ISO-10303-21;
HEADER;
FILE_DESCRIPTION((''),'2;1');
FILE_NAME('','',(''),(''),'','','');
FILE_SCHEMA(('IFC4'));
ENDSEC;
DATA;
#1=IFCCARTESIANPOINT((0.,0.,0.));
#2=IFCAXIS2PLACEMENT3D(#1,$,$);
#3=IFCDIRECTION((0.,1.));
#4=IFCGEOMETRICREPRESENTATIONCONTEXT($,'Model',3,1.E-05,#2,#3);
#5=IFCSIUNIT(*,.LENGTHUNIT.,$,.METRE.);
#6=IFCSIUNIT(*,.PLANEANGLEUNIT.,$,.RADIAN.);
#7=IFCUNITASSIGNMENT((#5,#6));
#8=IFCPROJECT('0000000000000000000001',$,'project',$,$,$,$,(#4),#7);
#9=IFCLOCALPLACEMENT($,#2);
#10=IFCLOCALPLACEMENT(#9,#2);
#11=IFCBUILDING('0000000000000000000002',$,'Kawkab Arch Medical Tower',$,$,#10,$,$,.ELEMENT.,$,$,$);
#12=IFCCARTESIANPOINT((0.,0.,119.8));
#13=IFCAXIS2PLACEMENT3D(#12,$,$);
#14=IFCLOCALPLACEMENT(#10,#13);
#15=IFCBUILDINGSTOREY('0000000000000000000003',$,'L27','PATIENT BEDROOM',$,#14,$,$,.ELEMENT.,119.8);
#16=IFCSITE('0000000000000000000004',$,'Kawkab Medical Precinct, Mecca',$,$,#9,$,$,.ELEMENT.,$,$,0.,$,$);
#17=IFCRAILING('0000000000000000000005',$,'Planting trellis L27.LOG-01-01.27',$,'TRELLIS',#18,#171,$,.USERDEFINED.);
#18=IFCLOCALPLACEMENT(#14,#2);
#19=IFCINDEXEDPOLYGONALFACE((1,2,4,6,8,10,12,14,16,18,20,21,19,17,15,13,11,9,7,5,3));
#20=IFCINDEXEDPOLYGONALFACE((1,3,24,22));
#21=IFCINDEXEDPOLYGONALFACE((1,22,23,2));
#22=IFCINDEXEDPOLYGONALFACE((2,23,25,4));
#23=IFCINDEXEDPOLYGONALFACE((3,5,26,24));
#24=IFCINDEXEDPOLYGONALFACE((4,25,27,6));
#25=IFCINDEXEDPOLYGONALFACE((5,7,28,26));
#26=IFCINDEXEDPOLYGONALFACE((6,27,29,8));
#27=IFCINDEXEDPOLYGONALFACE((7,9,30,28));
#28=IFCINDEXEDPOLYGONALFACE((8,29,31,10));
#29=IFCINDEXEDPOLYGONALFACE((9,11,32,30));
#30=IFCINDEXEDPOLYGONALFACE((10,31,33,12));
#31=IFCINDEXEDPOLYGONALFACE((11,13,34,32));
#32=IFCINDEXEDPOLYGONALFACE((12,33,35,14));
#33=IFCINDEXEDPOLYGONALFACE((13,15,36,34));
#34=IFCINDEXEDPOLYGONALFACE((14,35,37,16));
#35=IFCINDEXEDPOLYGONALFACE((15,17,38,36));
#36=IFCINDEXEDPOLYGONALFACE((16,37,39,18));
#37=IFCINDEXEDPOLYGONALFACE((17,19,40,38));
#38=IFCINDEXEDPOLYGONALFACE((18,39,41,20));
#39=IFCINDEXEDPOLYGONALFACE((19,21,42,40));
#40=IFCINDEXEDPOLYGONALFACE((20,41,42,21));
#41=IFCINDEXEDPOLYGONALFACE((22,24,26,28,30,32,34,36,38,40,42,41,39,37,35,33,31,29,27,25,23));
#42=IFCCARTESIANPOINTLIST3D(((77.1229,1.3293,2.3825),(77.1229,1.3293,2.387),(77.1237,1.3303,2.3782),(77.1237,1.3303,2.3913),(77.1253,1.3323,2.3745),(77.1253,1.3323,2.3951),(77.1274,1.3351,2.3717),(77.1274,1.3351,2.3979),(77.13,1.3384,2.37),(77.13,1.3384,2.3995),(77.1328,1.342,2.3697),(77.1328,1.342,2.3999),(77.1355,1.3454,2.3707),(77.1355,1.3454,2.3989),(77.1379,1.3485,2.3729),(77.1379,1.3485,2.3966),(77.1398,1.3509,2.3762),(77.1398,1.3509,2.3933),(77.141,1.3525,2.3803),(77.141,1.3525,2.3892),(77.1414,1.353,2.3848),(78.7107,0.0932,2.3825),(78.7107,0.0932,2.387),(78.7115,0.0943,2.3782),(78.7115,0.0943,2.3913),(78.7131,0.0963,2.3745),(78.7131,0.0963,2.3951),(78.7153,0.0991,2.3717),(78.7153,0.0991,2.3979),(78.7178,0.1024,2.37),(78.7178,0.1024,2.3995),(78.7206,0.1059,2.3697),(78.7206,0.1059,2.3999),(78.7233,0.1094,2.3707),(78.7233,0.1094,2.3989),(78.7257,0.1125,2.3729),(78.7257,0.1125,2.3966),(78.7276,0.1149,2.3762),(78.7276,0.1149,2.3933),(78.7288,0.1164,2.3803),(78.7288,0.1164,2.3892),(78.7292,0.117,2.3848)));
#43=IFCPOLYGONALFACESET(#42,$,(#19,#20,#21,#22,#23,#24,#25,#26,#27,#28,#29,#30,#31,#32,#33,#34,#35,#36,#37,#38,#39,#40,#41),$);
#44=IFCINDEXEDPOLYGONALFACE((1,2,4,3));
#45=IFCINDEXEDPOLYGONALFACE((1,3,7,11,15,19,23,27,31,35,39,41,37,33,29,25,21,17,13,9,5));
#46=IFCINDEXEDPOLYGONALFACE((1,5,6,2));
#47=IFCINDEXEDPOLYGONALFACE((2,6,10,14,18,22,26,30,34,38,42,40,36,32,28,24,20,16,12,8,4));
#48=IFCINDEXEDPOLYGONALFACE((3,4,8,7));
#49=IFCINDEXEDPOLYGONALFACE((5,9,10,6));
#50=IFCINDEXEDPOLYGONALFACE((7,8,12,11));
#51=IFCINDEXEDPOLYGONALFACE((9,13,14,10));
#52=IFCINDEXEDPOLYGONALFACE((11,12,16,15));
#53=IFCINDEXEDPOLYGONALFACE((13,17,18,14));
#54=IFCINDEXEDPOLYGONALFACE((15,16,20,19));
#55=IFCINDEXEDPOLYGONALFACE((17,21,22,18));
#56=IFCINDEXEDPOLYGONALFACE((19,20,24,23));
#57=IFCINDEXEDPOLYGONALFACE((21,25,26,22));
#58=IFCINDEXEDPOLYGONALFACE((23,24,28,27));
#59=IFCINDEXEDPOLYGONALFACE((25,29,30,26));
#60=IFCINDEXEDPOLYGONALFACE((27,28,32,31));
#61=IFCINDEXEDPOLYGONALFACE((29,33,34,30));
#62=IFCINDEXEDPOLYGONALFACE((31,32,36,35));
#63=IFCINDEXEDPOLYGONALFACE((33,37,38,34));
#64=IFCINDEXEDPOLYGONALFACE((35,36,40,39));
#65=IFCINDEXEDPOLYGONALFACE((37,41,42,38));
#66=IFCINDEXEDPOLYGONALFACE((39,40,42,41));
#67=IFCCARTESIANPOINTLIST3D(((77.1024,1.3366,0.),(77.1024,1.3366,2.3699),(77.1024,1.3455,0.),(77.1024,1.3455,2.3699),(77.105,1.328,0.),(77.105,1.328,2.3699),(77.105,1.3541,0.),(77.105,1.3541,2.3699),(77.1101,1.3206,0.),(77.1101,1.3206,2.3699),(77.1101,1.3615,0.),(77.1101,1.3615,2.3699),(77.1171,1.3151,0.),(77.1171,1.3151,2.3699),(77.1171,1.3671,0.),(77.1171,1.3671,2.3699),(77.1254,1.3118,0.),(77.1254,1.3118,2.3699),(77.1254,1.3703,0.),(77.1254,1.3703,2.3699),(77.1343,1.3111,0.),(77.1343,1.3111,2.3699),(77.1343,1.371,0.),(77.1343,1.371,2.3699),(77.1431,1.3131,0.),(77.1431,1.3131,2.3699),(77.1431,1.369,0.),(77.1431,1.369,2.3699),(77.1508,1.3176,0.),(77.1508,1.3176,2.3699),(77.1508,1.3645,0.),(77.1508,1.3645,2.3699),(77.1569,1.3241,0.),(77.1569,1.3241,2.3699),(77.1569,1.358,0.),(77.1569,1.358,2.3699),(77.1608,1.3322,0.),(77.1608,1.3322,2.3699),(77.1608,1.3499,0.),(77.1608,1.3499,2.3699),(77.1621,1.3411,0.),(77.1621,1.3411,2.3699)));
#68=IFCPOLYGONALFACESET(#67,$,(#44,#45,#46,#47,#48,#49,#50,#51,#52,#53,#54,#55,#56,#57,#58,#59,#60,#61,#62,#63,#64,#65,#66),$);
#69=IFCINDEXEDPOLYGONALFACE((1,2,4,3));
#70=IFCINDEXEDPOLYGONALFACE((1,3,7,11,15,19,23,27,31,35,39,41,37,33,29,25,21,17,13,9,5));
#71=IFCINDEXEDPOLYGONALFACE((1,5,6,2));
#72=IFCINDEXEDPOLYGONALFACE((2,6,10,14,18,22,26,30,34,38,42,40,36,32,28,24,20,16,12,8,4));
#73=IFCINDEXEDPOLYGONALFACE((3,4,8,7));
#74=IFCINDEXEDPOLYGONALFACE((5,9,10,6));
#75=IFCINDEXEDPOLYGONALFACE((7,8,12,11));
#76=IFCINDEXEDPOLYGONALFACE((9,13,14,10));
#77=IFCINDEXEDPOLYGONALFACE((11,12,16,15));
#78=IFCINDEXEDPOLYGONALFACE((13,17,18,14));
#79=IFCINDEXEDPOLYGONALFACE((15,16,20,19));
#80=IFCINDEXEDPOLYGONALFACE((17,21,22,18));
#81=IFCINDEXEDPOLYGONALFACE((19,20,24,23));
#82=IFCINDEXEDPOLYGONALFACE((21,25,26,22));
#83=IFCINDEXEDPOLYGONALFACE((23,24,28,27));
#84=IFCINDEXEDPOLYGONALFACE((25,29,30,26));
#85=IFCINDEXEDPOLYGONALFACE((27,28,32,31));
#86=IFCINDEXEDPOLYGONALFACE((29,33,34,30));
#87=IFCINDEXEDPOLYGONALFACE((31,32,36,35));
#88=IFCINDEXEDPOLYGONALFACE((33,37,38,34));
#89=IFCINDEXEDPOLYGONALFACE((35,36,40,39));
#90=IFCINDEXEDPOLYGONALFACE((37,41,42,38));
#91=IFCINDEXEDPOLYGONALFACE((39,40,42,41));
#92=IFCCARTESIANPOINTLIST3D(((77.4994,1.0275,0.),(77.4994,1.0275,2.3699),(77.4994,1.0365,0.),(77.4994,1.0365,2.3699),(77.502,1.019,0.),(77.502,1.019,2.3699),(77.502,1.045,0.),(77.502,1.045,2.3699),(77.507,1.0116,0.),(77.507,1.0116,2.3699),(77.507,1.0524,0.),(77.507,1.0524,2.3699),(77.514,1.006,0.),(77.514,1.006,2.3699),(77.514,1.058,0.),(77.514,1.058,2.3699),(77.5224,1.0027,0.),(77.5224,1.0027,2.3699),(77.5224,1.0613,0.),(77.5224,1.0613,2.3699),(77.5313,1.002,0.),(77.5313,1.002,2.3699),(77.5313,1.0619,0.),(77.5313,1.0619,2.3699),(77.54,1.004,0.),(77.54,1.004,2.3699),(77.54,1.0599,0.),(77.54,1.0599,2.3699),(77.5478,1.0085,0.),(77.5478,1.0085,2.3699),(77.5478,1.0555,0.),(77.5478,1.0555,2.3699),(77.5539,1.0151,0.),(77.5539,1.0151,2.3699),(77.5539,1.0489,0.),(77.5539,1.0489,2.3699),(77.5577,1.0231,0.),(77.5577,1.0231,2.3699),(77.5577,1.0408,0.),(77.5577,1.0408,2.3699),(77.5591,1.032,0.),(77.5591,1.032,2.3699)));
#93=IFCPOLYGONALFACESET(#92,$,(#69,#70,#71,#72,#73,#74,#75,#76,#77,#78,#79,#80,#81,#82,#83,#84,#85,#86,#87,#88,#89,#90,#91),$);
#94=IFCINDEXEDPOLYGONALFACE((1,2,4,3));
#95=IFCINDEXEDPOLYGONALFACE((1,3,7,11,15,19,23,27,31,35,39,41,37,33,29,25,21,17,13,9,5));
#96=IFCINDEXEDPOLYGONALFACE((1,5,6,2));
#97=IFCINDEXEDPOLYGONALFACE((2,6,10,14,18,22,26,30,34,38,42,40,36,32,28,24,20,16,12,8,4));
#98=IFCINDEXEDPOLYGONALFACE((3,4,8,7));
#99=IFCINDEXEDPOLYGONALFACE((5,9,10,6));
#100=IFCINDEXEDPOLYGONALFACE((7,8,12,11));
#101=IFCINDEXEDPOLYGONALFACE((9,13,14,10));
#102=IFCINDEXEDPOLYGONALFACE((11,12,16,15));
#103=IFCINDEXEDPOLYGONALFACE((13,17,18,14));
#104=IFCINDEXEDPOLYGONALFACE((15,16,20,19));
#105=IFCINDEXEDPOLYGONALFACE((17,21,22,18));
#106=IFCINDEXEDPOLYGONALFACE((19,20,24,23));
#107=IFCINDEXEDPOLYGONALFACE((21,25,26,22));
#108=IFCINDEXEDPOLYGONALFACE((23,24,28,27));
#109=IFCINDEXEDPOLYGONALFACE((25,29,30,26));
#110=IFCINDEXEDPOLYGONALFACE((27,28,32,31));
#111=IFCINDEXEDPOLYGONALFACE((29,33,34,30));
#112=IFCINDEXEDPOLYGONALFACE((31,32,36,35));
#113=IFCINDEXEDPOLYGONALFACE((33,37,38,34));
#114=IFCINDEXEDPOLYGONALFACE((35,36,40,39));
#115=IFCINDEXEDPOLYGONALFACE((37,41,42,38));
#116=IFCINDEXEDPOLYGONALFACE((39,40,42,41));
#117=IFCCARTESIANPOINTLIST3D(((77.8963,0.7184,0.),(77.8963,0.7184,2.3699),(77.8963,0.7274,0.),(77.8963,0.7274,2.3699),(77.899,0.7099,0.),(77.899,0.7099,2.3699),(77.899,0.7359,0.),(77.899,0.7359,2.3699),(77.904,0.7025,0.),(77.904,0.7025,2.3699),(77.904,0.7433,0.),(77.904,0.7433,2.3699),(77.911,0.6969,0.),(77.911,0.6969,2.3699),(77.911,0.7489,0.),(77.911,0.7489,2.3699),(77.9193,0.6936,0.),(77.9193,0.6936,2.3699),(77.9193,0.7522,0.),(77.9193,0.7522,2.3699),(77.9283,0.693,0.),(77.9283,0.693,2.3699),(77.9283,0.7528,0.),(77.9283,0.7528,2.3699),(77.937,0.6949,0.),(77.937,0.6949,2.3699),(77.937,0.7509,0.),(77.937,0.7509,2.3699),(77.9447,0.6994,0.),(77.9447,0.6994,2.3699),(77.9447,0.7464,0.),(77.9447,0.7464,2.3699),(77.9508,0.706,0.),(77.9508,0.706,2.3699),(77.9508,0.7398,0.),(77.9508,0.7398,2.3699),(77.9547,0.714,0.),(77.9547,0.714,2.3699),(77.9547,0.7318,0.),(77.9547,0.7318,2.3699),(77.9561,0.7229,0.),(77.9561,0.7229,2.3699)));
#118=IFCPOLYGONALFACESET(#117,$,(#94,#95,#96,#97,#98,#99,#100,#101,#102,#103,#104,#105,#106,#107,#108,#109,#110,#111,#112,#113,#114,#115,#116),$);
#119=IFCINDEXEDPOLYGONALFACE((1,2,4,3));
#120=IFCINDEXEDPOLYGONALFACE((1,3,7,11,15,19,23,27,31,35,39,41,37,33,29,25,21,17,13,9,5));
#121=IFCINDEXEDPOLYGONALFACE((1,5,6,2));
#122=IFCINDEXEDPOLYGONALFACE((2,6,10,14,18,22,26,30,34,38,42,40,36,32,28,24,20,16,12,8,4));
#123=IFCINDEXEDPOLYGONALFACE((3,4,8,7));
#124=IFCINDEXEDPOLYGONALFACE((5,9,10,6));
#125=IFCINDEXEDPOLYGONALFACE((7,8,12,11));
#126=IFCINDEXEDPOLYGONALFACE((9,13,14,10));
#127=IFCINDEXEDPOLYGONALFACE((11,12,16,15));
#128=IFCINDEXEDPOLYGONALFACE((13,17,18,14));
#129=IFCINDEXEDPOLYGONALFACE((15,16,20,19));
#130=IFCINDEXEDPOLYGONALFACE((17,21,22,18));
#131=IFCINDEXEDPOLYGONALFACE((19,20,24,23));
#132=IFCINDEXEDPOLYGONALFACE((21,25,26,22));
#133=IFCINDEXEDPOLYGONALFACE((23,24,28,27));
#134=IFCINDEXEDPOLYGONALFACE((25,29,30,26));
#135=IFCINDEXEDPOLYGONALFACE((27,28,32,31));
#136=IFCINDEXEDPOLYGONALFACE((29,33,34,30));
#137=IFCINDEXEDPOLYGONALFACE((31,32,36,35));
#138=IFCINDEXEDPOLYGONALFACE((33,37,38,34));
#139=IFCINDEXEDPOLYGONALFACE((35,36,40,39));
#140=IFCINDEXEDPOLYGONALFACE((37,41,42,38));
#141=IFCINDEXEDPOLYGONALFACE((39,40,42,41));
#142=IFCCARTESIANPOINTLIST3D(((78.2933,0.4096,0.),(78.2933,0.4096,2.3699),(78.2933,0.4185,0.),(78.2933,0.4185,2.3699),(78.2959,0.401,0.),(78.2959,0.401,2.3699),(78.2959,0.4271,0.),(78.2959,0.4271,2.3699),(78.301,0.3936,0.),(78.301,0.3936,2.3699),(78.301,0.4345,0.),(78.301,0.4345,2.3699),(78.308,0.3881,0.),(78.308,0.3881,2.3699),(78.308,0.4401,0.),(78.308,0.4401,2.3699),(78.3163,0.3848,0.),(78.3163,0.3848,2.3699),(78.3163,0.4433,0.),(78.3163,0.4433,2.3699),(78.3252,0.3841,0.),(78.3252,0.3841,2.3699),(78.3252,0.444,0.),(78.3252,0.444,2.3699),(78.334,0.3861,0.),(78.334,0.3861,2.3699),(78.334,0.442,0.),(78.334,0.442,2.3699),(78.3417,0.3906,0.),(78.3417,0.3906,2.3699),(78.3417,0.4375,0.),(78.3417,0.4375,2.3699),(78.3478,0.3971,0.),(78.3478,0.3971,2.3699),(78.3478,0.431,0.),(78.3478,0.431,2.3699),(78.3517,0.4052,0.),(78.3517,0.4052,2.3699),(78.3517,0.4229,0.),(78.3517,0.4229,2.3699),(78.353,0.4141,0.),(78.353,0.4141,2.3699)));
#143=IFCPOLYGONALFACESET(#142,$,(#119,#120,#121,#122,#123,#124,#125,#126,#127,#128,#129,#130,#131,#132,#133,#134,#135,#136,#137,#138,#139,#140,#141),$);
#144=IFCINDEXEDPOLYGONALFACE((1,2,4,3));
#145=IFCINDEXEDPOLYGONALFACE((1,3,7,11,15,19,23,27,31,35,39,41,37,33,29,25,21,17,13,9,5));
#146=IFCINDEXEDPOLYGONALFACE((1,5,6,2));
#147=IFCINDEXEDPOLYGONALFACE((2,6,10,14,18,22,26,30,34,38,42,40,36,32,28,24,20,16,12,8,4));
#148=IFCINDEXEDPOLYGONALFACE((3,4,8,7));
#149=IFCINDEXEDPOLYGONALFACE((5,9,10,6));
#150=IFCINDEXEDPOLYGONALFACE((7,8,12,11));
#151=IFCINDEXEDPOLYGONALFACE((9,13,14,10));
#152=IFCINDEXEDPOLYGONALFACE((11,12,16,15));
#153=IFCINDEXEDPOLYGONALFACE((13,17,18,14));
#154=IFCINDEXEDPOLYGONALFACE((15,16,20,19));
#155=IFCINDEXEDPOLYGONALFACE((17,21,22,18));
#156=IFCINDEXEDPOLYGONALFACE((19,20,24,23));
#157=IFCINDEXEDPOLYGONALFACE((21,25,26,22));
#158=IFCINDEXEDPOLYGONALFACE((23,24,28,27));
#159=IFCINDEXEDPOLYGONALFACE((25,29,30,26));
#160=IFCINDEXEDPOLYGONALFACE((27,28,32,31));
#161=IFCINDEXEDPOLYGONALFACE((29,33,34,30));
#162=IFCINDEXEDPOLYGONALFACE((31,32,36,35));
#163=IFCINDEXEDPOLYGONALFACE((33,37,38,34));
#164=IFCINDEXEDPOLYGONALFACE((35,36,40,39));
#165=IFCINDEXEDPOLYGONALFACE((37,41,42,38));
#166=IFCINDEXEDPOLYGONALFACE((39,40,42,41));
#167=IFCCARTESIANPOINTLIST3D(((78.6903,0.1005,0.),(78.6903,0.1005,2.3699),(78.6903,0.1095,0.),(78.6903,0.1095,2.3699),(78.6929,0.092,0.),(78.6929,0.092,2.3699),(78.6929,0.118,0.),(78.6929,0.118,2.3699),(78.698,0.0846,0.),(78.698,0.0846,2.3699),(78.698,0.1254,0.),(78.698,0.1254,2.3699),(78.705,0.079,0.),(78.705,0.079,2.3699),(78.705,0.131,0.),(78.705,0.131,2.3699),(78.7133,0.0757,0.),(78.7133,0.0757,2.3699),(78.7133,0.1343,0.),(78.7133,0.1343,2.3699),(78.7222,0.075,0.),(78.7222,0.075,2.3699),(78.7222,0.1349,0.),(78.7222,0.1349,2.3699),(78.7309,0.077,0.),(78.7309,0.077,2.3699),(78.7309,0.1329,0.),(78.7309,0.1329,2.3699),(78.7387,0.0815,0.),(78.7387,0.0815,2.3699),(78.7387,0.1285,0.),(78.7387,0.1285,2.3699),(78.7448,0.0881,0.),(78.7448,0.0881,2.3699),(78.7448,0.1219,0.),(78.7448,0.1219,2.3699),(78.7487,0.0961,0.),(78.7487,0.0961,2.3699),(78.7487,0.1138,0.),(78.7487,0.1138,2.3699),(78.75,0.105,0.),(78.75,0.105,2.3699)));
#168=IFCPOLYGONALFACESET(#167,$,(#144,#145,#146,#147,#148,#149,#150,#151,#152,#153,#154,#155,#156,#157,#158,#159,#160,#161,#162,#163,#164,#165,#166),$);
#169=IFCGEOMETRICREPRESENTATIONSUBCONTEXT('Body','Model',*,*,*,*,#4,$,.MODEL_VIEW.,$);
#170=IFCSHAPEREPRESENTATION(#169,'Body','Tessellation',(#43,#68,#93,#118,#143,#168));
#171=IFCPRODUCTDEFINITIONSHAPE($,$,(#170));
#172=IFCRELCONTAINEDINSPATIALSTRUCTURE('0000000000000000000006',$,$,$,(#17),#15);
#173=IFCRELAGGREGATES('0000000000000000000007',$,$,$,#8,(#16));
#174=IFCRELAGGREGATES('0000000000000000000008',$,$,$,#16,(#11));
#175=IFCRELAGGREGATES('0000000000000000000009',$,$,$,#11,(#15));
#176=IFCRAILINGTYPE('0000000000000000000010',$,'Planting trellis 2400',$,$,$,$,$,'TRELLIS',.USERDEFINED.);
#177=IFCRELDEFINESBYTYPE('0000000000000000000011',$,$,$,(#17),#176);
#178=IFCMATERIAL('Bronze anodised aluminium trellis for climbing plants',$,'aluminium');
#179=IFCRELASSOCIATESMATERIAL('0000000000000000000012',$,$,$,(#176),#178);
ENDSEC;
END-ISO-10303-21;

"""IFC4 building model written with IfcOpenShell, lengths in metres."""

from ifc_helpers import new_model, si_unit, direction, frame, origin, origin_2d, place, context, subcontext, project, spatial, circle, extrude, material, type_object, element, save


model = new_model("IFC4")

# Units and contexts
model_context = context("Model", 3, precision=1e-05, world=origin(), true_north=direction((0.0, 1.0)))
body_context = subcontext(model_context, "Body", "Model", "MODEL_VIEW")
ifc_project = project(units=[si_unit("LENGTHUNIT", "METRE"), si_unit("PLANEANGLEUNIT", "RADIAN")], contexts=[model_context])

# Site, building, storey
site_placement = place(None, origin())
site = spatial("IfcSite", under=ifc_project, at=site_placement, Name="Kawkab Medical Precinct, Mecca", CompositionType="ELEMENT", RefElevation=0.0)
building_placement = place(site_placement, origin())
building = spatial("IfcBuilding", under=site, at=building_placement, Name="Kawkab Arch Medical Tower", CompositionType="ELEMENT")
storey_placement = place(building_placement, frame((0.0, 0.0, 119.8)))
storey = spatial("IfcBuildingStorey", under=building, at=storey_placement, Name="L27", Description="PATIENT BEDROOM", CompositionType="ELEMENT", Elevation=119.8)

# Railing
ifc_material_1 = material(Name="Bronze anodised aluminium trellis for climbing plants", Category="aluminium")
railing_type_1 = type_object("IfcRailingType", Name="Planting trellis 2400", ElementType="TRELLIS", PredefinedType="USERDEFINED", material=ifc_material_1)
railing_1_placement = place(storey_placement, frame((77.1321, 1.3411, 0.0)))
element("IfcRailing", 1, at=railing_1_placement, inside=storey, type_object=railing_type_1, Name="Planting trellis L27.LOG-01-01.27", ObjectType="TRELLIS", PredefinedType="USERDEFINED", context=body_context, shape_type="SweptSolid", body=[
    extrude(circle(Radius=0.0151, at=origin_2d()), frame((0.0, 0.0, 2.3848), z_axis=(0.789097, -0.614268, 0.0), x_axis=(0.614268, 0.789097, 0.0)), (0.0, 0.0, 1.0), 2.0122),
    extrude(circle(Radius=0.03, at=origin_2d()), origin(), (0.0, 0.0, 1.0), 2.3699),
    extrude(circle(Radius=0.03, at=origin_2d()), frame((0.397, -0.3091, 0.0)), (0.0, 0.0, 1.0), 2.3699),
    extrude(circle(Radius=0.03, at=origin_2d()), frame((0.7939, -0.6182, 0.0)), (0.0, 0.0, 1.0), 2.3699),
    extrude(circle(Radius=0.03, at=origin_2d()), frame((1.1909, -0.927, 0.0)), (0.0, 0.0, 1.0), 2.3699),
    extrude(circle(Radius=0.03, at=origin_2d()), frame((1.5879, -1.2361, 0.0)), (0.0, 0.0, 1.0), 2.3699),
])

save(model, "model.ifc")
